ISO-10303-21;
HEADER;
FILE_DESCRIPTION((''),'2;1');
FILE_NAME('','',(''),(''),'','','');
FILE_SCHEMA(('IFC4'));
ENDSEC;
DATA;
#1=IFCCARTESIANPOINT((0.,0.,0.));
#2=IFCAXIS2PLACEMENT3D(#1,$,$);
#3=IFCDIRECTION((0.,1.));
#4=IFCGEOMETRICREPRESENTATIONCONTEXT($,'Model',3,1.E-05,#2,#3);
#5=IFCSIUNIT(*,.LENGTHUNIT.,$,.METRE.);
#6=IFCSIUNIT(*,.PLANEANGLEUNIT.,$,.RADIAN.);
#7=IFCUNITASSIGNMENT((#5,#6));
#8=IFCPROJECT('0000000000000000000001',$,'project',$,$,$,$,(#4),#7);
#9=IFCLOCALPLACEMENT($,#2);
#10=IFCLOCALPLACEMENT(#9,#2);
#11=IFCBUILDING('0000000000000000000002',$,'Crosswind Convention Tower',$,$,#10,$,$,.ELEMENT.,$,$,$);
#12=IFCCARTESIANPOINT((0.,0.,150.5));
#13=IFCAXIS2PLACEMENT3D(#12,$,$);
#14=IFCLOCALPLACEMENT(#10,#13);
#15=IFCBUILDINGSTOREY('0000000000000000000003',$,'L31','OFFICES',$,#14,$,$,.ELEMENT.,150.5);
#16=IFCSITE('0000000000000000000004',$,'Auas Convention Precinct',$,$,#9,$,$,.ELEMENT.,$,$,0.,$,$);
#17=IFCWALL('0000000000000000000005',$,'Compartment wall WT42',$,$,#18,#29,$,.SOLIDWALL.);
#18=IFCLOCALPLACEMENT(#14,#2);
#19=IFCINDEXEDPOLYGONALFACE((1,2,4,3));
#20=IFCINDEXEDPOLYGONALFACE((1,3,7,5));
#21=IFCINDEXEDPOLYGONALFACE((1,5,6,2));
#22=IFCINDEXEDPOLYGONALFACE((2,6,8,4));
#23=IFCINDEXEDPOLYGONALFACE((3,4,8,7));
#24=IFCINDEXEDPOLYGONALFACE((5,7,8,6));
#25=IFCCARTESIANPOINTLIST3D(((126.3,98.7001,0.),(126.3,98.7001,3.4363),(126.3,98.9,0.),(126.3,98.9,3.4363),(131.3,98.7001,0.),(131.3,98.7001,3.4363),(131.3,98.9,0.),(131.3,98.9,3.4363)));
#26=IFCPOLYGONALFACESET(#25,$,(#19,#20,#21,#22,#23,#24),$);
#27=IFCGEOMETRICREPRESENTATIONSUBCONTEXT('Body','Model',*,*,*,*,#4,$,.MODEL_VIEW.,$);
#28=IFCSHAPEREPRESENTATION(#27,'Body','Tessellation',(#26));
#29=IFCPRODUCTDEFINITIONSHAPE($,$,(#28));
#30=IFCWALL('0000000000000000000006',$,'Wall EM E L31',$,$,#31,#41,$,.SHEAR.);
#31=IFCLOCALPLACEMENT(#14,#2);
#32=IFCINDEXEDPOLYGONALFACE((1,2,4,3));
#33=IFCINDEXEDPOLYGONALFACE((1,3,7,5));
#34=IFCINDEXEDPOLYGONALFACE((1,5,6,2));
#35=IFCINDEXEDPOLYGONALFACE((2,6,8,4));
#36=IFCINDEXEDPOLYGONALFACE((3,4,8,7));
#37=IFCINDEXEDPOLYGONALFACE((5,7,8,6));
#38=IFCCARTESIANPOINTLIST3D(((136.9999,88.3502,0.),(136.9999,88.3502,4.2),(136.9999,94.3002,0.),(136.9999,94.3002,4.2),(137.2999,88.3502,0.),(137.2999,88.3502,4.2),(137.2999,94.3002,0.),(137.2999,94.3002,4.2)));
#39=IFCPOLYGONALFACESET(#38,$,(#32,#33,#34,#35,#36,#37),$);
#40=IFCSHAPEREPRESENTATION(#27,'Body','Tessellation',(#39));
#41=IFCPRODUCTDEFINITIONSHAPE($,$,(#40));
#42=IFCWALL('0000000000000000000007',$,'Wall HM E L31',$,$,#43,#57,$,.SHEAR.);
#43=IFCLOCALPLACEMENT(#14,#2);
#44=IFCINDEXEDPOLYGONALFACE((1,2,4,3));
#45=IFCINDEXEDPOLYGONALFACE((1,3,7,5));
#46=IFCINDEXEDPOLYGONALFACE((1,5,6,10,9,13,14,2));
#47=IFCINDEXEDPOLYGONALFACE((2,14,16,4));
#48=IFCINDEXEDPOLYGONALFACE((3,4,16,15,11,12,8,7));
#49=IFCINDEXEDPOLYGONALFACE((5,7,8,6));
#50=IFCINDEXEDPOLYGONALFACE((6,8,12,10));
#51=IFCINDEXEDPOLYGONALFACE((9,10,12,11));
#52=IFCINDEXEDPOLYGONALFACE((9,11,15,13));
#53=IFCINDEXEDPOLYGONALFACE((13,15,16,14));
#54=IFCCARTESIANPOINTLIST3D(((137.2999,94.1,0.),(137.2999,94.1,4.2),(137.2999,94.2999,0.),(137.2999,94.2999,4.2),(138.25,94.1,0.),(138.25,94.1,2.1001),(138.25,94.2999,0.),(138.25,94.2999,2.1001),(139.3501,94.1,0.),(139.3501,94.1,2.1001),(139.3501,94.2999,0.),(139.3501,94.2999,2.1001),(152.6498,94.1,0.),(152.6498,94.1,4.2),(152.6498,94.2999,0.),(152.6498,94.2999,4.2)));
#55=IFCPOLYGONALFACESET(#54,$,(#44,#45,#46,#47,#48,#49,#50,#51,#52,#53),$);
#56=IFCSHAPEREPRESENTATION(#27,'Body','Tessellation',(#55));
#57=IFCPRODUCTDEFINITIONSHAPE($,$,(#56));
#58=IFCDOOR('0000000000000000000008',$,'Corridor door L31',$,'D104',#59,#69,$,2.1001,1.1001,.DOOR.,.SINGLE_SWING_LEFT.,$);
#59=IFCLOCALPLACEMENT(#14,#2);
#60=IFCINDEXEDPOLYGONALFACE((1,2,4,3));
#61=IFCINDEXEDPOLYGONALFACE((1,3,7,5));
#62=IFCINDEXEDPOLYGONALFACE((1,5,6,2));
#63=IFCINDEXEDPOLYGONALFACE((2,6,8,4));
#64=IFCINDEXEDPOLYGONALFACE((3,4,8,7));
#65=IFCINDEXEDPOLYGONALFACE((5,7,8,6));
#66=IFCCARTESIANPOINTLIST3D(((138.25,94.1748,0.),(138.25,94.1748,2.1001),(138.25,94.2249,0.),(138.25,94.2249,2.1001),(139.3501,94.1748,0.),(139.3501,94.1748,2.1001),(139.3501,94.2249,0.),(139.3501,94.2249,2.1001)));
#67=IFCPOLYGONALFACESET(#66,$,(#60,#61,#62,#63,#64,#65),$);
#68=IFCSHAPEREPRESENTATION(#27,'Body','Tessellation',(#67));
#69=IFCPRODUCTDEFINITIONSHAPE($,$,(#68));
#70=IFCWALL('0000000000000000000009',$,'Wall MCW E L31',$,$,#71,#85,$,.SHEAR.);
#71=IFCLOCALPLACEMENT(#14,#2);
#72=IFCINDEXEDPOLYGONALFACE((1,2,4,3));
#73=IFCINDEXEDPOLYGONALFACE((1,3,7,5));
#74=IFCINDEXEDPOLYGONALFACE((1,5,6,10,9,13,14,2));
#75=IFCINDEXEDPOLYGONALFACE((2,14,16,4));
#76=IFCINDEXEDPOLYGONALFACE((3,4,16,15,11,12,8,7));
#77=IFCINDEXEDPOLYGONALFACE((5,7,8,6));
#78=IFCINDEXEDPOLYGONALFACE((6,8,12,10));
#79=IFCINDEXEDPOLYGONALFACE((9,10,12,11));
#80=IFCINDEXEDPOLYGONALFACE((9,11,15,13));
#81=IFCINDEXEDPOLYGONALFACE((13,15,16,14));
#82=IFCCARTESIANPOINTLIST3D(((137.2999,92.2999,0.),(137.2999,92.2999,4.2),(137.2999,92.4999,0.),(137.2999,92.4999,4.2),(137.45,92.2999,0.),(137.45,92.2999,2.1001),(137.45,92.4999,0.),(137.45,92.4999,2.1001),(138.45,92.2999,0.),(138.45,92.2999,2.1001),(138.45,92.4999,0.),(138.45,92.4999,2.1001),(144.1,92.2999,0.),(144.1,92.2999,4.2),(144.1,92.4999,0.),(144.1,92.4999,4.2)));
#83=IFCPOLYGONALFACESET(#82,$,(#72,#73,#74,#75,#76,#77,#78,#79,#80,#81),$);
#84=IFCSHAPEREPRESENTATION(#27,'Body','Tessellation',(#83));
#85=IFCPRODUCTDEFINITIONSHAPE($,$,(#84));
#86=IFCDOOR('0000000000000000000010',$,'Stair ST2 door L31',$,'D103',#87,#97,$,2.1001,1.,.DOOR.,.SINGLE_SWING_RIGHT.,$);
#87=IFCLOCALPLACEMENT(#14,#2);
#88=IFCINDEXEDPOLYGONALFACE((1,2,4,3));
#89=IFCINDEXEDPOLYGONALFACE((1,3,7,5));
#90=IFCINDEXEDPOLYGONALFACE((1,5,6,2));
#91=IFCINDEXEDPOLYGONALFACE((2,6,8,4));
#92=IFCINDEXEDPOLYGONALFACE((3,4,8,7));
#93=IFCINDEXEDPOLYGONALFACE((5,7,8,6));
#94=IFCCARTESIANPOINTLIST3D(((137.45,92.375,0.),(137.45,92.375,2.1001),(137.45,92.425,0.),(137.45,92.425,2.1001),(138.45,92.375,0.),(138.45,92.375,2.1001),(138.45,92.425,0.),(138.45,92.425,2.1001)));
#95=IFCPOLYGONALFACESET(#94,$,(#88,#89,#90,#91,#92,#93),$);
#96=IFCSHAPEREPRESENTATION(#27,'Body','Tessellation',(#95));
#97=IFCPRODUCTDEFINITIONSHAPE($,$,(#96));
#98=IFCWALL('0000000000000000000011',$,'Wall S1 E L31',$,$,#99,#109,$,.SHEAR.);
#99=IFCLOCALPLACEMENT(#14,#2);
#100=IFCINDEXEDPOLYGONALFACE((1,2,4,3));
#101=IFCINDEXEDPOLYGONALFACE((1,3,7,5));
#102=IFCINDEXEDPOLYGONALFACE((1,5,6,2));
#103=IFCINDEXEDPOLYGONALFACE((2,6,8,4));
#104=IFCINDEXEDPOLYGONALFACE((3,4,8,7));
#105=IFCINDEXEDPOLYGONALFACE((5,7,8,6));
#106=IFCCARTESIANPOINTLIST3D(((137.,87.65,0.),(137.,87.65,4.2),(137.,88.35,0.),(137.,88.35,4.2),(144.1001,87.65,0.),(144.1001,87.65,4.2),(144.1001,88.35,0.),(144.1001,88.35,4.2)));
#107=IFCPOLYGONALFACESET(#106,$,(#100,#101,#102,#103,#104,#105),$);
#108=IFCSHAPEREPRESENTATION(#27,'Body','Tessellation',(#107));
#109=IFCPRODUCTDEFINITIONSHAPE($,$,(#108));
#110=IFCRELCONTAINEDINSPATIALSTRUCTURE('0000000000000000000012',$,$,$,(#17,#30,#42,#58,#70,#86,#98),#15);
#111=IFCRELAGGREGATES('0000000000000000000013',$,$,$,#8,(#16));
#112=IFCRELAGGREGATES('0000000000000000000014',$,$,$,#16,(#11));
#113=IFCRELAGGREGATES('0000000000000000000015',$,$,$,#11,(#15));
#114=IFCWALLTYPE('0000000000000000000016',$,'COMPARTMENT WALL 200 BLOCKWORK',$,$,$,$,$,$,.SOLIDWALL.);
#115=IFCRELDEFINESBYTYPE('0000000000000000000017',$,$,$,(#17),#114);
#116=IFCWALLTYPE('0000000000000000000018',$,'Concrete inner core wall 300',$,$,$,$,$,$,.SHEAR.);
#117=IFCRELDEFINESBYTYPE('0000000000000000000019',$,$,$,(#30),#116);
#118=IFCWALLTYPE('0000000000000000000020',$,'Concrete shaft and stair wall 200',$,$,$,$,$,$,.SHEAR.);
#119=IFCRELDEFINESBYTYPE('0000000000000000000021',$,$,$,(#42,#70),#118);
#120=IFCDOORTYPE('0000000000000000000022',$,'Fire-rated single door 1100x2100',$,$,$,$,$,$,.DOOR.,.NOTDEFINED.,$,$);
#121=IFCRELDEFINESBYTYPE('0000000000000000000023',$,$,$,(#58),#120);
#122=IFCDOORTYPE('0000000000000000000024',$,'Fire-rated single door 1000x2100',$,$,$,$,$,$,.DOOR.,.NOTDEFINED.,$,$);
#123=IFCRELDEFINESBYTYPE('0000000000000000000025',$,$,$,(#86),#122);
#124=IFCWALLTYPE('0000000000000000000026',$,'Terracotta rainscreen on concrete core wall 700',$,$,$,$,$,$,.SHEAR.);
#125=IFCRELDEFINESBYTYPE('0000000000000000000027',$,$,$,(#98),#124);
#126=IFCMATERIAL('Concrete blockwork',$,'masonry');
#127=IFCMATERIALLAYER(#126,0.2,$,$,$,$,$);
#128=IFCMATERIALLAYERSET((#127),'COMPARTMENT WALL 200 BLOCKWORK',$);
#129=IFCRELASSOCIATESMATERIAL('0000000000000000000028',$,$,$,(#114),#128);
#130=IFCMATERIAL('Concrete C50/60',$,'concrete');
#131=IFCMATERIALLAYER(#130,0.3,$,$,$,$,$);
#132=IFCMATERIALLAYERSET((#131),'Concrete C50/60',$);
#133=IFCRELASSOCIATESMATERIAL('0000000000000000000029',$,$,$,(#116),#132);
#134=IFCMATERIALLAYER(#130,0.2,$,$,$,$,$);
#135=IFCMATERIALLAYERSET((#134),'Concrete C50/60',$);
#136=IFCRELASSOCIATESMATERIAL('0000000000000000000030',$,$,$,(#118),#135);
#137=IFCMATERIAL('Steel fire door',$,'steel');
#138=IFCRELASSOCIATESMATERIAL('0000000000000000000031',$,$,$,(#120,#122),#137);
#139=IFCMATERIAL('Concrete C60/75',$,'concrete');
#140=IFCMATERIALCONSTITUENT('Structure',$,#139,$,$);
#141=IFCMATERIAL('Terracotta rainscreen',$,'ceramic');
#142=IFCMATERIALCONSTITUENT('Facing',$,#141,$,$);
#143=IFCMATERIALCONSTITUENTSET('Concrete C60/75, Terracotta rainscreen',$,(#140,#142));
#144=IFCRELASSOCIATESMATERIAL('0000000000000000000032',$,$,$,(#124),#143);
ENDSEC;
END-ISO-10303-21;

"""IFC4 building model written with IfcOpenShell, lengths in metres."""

from ifc_helpers import new_model, si_unit, direction, frame, frame_2d, origin, place, context, subcontext, project, spatial, rectangle, extrude, material, layer, layer_set, constituent, constituent_set, type_object, element, fill, save


model = new_model("IFC4")

# Units and contexts
model_context = context("Model", 3, precision=1e-05, world=origin(), true_north=direction((0.0, 1.0)))
body_context = subcontext(model_context, "Body", "Model", "MODEL_VIEW")
ifc_project = project(units=[si_unit("LENGTHUNIT", "METRE"), si_unit("PLANEANGLEUNIT", "RADIAN")], contexts=[model_context])

# Site, building, storey
site_placement = place(None, origin())
site = spatial("IfcSite", under=ifc_project, at=site_placement, Name="Auas Convention Precinct", CompositionType="ELEMENT", RefElevation=0.0)
building_placement = place(site_placement, origin())
building = spatial("IfcBuilding", under=site, at=building_placement, Name="Crosswind Convention Tower", CompositionType="ELEMENT")
storey_placement = place(building_placement, frame((0.0, 0.0, 150.5)))
storey = spatial("IfcBuildingStorey", under=building, at=storey_placement, Name="L31", Description="OFFICES", CompositionType="ELEMENT", Elevation=150.5)

# Wall
ifc_material_1 = material(Name="Concrete blockwork", Category="masonry")
ifc_layer_1 = layer(ifc_material_1, 0.2)
ifc_layer_set_1 = layer_set([ifc_layer_1], Name="COMPARTMENT WALL 200 BLOCKWORK")
wall_type_1 = type_object("IfcWallType", Name="COMPARTMENT WALL 200 BLOCKWORK", PredefinedType="SOLIDWALL", material=ifc_layer_set_1)
wall_1_placement = place(storey_placement, frame((126.3, 98.8, 0.0), z_axis=(0.0, 0.0, 1.0), x_axis=(1.0, 0.0, 0.0)))
element("IfcWall", 1, at=wall_1_placement, inside=storey, type_object=wall_type_1, Name="Compartment wall WT42", PredefinedType="SOLIDWALL", context=body_context, shape_type="SweptSolid", body=[
    extrude(rectangle(XDim=5.0, YDim=0.2, at=frame_2d((2.5, 0.0))), origin(), (0.0, 0.0, 1.0), 3.4363),
])

# Shared definitions
ifc_material_2 = material(Name="Concrete C50/60", Category="concrete")
ifc_layer_2 = layer(ifc_material_2, 0.3)
ifc_layer_set_2 = layer_set([ifc_layer_2], Name="Concrete C50/60")
wall_type_2 = type_object("IfcWallType", Name="Concrete inner core wall 300", PredefinedType="SHEAR", material=ifc_layer_set_2)

# Wall
wall_2_placement = place(storey_placement, frame((137.1499, 88.3501, 0.0), z_axis=(0.0, 0.0, 1.0), x_axis=(0.0, 1.0, 0.0)))
element("IfcWall", 2, at=wall_2_placement, inside=storey, type_object=wall_type_2, Name="Wall EM E L31", PredefinedType="SHEAR", context=body_context, shape_type="SweptSolid", body=[
    extrude(rectangle(XDim=5.95, YDim=0.3, at=frame_2d((2.9751, 0.0))), origin(), (0.0, 0.0, 1.0), 4.2),
])

# Walls, openings, doors
ifc_layer_3 = layer(ifc_material_2, 0.2)
ifc_layer_set_3 = layer_set([ifc_layer_3], Name="Concrete C50/60")
wall_type_3 = type_object("IfcWallType", Name="Concrete shaft and stair wall 200", PredefinedType="SHEAR", material=ifc_layer_set_3)
wall_3_placement = place(storey_placement, frame((137.3, 94.2, 0.0), z_axis=(0.0, 0.0, 1.0), x_axis=(1.0, 0.0, 0.0)))
wall_3 = element("IfcWall", 3, at=wall_3_placement, inside=storey, type_object=wall_type_3, Name="Wall HM E L31", PredefinedType="SHEAR", context=body_context, shape_type="SweptSolid", body=[
    extrude(rectangle(XDim=15.3499, YDim=0.2, at=frame_2d((7.6748, 0.0))), origin(), (0.0, 0.0, 1.0), 4.2),
])
opening_1_placement = place(wall_3_placement, frame((0.95, 0.0, 0.0)))
opening_1 = element("IfcOpeningElement", 4, at=opening_1_placement, cuts=wall_3, PredefinedType="OPENING", context=body_context, shape_type="SweptSolid", body=[
    extrude(rectangle(XDim=1.1001, YDim=2.1001, at=frame_2d((0.55, 1.05))), frame((0.0, 0.1099, 0.0), z_axis=(0.0, -1.0, 0.0), x_axis=(1.0, 0.0, 0.0)), (0.0, 0.0, 1.0), 0.22),
])
ifc_material_3 = material(Name="Steel fire door", Category="steel")
door_type_1 = type_object("IfcDoorType", Name="Fire-rated single door 1100x2100", OperationType="NOTDEFINED", PredefinedType="DOOR", material=ifc_material_3)
door_1_placement = place(opening_1_placement, origin())
door_1 = element("IfcDoor", 5, at=door_1_placement, inside=storey, type_object=door_type_1, Name="Corridor door L31", ObjectType="D104", OperationType="SINGLE_SWING_LEFT", OverallHeight=2.1001, OverallWidth=1.1001, PredefinedType="DOOR", context=body_context, shape_type="SweptSolid", body=[
    extrude(rectangle(XDim=1.1001, YDim=2.1001, at=frame_2d((0.55, 1.05))), frame((0.0, 0.0249, 0.0), z_axis=(0.0, -1.0, 0.0), x_axis=(1.0, 0.0, 0.0)), (0.0, 0.0, 1.0), 0.05),
])
fill(opening_1, door_1)
wall_4_placement = place(storey_placement, frame((137.3, 92.3999, 0.0), z_axis=(0.0, 0.0, 1.0), x_axis=(1.0, 0.0, 0.0)))
wall_4 = element("IfcWall", 6, at=wall_4_placement, inside=storey, type_object=wall_type_3, Name="Wall MCW E L31", PredefinedType="SHEAR", context=body_context, shape_type="SweptSolid", body=[
    extrude(rectangle(XDim=6.8, YDim=0.2, at=frame_2d((3.3999, 0.0))), origin(), (0.0, 0.0, 1.0), 4.2),
])
opening_2_placement = place(wall_4_placement, frame((0.1499, 0.0, 0.0)))
opening_2 = element("IfcOpeningElement", 7, at=opening_2_placement, cuts=wall_4, PredefinedType="OPENING", context=body_context, shape_type="SweptSolid", body=[
    extrude(rectangle(XDim=1.0, YDim=2.1001, at=frame_2d((0.5, 1.05))), frame((0.0, 0.1099, 0.0), z_axis=(0.0, -1.0, 0.0), x_axis=(1.0, 0.0, 0.0)), (0.0, 0.0, 1.0), 0.22),
])
door_type_2 = type_object("IfcDoorType", Name="Fire-rated single door 1000x2100", OperationType="NOTDEFINED", PredefinedType="DOOR", material=ifc_material_3)
door_2_placement = place(opening_2_placement, frame((1.0, 0.0, 0.0), z_axis=(0.0, 0.0, 1.0), x_axis=(-1.0, 0.0, 0.0)))
door_2 = element("IfcDoor", 8, at=door_2_placement, inside=storey, type_object=door_type_2, Name="Stair ST2 door L31", ObjectType="D103", OperationType="SINGLE_SWING_RIGHT", OverallHeight=2.1001, OverallWidth=1.0, PredefinedType="DOOR", context=body_context, shape_type="SweptSolid", body=[
    extrude(rectangle(XDim=1.0, YDim=2.1001, at=frame_2d((0.5, 1.05))), frame((0.0, 0.0249, 0.0), z_axis=(0.0, -1.0, 0.0), x_axis=(1.0, 0.0, 0.0)), (0.0, 0.0, 1.0), 0.05),
])
fill(opening_2, door_2)

# Wall
ifc_material_4 = material(Name="Concrete C60/75", Category="concrete")
ifc_constituent_1 = constituent(ifc_material_4, Name="Structure")
ifc_material_5 = material(Name="Terracotta rainscreen", Category="ceramic")
ifc_constituent_2 = constituent(ifc_material_5, Name="Facing")
ifc_constituent_set = constituent_set(constituents=[ifc_constituent_1, ifc_constituent_2], Name="Concrete C60/75, Terracotta rainscreen")
wall_type_4 = type_object("IfcWallType", Name="Terracotta rainscreen on concrete core wall 700", PredefinedType="SHEAR", material=ifc_constituent_set)
wall_5_placement = place(storey_placement, frame((137.0, 88.0, 0.0), z_axis=(0.0, 0.0, 1.0), x_axis=(1.0, 0.0, 0.0)))
element("IfcWall", 9, at=wall_5_placement, inside=storey, type_object=wall_type_4, Name="Wall S1 E L31", PredefinedType="SHEAR", context=body_context, shape_type="SweptSolid", body=[
    extrude(rectangle(XDim=7.1001, YDim=0.7, at=frame_2d((3.55, 0.0))), origin(), (0.0, 0.0, 1.0), 4.2),
])

save(model, "model.ifc")
